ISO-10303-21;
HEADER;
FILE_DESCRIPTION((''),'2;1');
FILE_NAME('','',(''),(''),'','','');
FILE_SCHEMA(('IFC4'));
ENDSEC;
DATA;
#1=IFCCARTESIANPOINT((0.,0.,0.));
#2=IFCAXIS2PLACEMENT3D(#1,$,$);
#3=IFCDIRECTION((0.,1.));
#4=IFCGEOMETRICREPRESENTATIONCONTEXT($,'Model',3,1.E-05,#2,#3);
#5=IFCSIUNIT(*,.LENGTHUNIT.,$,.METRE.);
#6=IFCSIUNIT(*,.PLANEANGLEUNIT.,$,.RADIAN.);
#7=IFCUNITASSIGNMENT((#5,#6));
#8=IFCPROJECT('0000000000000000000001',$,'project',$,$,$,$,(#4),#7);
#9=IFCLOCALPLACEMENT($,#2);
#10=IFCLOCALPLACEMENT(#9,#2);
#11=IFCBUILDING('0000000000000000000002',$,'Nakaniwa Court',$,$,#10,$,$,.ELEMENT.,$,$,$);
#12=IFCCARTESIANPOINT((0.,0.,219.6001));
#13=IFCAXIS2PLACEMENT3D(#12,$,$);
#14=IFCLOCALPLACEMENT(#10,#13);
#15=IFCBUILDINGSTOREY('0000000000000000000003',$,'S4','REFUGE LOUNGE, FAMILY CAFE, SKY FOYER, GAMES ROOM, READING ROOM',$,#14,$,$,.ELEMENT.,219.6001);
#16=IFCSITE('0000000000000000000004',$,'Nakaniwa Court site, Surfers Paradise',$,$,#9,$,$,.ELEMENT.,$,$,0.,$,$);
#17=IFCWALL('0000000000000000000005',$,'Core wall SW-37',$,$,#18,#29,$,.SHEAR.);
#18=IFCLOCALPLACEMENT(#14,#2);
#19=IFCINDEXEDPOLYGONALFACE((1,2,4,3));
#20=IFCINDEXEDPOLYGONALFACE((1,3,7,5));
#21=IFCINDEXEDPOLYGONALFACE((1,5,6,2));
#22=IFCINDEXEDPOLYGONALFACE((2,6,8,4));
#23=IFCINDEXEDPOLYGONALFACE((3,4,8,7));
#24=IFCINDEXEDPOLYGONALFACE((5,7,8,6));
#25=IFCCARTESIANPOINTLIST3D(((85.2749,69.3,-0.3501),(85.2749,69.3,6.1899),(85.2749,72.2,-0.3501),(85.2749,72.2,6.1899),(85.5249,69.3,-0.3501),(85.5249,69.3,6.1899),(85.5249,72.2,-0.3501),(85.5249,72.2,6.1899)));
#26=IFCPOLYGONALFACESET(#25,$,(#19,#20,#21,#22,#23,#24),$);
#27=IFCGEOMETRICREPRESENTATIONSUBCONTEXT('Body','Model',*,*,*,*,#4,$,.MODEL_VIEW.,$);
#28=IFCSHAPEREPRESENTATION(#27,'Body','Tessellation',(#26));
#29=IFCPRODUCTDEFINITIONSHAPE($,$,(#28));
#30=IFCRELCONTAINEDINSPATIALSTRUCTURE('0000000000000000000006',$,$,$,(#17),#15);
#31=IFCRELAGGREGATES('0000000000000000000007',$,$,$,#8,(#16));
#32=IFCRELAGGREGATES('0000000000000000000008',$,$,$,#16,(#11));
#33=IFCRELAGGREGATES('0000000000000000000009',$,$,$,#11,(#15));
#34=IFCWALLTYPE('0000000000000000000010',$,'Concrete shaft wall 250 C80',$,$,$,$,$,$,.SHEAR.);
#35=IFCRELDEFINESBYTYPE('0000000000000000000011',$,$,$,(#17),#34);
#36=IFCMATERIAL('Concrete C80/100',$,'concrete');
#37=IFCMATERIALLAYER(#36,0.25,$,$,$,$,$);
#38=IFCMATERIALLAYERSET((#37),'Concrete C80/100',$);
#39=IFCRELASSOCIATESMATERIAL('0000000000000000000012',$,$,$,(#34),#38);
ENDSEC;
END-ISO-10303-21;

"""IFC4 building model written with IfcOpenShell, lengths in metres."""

from ifc_helpers import new_model, si_unit, direction, frame, frame_2d, origin, place, context, subcontext, project, spatial, rectangle, extrude, material, layer, layer_set, type_object, element, save


model = new_model("IFC4")

# Units and contexts
model_context = context("Model", 3, precision=1e-05, world=origin(), true_north=direction((0.0, 1.0)))
body_context = subcontext(model_context, "Body", "Model", "MODEL_VIEW")
ifc_project = project(units=[si_unit("LENGTHUNIT", "METRE"), si_unit("PLANEANGLEUNIT", "RADIAN")], contexts=[model_context])

# Site, building, storey
site_placement = place(None, origin())
site = spatial("IfcSite", under=ifc_project, at=site_placement, Name="Nakaniwa Court site, Surfers Paradise", CompositionType="ELEMENT", RefElevation=0.0)
building_placement = place(site_placement, origin())
building = spatial("IfcBuilding", under=site, at=building_placement, Name="Nakaniwa Court", CompositionType="ELEMENT")
storey_placement = place(building_placement, frame((0.0, 0.0, 219.6001)))
storey = spatial("IfcBuildingStorey", under=building, at=storey_placement, Name="S4", Description="REFUGE LOUNGE, FAMILY CAFE, SKY FOYER, GAMES ROOM, READING ROOM", CompositionType="ELEMENT", Elevation=219.6001)

# Shared definitions
ifc_material_1 = material(Name="Concrete C80/100", Category="concrete")

# Wall
ifc_layer_1 = layer(ifc_material_1, 0.25)
ifc_layer_set_1 = layer_set([ifc_layer_1], Name="Concrete C80/100")
wall_type_1 = type_object("IfcWallType", Name="Concrete shaft wall 250 C80", PredefinedType="SHEAR", material=ifc_layer_set_1)
wall_1_placement = place(storey_placement, frame((85.3999, 69.3, -0.3501), z_axis=(0.0, 0.0, 1.0), x_axis=(0.0, 1.0, 0.0)))
element("IfcWall", 1, at=wall_1_placement, inside=storey, type_object=wall_type_1, Name="Core wall SW-37", PredefinedType="SHEAR", context=body_context, shape_type="SweptSolid", body=[
    extrude(rectangle(XDim=2.8999, YDim=0.25, at=frame_2d((1.45, 0.0))), origin(), (0.0, 0.0, 1.0), 6.54),
])

save(model, "model.ifc")
